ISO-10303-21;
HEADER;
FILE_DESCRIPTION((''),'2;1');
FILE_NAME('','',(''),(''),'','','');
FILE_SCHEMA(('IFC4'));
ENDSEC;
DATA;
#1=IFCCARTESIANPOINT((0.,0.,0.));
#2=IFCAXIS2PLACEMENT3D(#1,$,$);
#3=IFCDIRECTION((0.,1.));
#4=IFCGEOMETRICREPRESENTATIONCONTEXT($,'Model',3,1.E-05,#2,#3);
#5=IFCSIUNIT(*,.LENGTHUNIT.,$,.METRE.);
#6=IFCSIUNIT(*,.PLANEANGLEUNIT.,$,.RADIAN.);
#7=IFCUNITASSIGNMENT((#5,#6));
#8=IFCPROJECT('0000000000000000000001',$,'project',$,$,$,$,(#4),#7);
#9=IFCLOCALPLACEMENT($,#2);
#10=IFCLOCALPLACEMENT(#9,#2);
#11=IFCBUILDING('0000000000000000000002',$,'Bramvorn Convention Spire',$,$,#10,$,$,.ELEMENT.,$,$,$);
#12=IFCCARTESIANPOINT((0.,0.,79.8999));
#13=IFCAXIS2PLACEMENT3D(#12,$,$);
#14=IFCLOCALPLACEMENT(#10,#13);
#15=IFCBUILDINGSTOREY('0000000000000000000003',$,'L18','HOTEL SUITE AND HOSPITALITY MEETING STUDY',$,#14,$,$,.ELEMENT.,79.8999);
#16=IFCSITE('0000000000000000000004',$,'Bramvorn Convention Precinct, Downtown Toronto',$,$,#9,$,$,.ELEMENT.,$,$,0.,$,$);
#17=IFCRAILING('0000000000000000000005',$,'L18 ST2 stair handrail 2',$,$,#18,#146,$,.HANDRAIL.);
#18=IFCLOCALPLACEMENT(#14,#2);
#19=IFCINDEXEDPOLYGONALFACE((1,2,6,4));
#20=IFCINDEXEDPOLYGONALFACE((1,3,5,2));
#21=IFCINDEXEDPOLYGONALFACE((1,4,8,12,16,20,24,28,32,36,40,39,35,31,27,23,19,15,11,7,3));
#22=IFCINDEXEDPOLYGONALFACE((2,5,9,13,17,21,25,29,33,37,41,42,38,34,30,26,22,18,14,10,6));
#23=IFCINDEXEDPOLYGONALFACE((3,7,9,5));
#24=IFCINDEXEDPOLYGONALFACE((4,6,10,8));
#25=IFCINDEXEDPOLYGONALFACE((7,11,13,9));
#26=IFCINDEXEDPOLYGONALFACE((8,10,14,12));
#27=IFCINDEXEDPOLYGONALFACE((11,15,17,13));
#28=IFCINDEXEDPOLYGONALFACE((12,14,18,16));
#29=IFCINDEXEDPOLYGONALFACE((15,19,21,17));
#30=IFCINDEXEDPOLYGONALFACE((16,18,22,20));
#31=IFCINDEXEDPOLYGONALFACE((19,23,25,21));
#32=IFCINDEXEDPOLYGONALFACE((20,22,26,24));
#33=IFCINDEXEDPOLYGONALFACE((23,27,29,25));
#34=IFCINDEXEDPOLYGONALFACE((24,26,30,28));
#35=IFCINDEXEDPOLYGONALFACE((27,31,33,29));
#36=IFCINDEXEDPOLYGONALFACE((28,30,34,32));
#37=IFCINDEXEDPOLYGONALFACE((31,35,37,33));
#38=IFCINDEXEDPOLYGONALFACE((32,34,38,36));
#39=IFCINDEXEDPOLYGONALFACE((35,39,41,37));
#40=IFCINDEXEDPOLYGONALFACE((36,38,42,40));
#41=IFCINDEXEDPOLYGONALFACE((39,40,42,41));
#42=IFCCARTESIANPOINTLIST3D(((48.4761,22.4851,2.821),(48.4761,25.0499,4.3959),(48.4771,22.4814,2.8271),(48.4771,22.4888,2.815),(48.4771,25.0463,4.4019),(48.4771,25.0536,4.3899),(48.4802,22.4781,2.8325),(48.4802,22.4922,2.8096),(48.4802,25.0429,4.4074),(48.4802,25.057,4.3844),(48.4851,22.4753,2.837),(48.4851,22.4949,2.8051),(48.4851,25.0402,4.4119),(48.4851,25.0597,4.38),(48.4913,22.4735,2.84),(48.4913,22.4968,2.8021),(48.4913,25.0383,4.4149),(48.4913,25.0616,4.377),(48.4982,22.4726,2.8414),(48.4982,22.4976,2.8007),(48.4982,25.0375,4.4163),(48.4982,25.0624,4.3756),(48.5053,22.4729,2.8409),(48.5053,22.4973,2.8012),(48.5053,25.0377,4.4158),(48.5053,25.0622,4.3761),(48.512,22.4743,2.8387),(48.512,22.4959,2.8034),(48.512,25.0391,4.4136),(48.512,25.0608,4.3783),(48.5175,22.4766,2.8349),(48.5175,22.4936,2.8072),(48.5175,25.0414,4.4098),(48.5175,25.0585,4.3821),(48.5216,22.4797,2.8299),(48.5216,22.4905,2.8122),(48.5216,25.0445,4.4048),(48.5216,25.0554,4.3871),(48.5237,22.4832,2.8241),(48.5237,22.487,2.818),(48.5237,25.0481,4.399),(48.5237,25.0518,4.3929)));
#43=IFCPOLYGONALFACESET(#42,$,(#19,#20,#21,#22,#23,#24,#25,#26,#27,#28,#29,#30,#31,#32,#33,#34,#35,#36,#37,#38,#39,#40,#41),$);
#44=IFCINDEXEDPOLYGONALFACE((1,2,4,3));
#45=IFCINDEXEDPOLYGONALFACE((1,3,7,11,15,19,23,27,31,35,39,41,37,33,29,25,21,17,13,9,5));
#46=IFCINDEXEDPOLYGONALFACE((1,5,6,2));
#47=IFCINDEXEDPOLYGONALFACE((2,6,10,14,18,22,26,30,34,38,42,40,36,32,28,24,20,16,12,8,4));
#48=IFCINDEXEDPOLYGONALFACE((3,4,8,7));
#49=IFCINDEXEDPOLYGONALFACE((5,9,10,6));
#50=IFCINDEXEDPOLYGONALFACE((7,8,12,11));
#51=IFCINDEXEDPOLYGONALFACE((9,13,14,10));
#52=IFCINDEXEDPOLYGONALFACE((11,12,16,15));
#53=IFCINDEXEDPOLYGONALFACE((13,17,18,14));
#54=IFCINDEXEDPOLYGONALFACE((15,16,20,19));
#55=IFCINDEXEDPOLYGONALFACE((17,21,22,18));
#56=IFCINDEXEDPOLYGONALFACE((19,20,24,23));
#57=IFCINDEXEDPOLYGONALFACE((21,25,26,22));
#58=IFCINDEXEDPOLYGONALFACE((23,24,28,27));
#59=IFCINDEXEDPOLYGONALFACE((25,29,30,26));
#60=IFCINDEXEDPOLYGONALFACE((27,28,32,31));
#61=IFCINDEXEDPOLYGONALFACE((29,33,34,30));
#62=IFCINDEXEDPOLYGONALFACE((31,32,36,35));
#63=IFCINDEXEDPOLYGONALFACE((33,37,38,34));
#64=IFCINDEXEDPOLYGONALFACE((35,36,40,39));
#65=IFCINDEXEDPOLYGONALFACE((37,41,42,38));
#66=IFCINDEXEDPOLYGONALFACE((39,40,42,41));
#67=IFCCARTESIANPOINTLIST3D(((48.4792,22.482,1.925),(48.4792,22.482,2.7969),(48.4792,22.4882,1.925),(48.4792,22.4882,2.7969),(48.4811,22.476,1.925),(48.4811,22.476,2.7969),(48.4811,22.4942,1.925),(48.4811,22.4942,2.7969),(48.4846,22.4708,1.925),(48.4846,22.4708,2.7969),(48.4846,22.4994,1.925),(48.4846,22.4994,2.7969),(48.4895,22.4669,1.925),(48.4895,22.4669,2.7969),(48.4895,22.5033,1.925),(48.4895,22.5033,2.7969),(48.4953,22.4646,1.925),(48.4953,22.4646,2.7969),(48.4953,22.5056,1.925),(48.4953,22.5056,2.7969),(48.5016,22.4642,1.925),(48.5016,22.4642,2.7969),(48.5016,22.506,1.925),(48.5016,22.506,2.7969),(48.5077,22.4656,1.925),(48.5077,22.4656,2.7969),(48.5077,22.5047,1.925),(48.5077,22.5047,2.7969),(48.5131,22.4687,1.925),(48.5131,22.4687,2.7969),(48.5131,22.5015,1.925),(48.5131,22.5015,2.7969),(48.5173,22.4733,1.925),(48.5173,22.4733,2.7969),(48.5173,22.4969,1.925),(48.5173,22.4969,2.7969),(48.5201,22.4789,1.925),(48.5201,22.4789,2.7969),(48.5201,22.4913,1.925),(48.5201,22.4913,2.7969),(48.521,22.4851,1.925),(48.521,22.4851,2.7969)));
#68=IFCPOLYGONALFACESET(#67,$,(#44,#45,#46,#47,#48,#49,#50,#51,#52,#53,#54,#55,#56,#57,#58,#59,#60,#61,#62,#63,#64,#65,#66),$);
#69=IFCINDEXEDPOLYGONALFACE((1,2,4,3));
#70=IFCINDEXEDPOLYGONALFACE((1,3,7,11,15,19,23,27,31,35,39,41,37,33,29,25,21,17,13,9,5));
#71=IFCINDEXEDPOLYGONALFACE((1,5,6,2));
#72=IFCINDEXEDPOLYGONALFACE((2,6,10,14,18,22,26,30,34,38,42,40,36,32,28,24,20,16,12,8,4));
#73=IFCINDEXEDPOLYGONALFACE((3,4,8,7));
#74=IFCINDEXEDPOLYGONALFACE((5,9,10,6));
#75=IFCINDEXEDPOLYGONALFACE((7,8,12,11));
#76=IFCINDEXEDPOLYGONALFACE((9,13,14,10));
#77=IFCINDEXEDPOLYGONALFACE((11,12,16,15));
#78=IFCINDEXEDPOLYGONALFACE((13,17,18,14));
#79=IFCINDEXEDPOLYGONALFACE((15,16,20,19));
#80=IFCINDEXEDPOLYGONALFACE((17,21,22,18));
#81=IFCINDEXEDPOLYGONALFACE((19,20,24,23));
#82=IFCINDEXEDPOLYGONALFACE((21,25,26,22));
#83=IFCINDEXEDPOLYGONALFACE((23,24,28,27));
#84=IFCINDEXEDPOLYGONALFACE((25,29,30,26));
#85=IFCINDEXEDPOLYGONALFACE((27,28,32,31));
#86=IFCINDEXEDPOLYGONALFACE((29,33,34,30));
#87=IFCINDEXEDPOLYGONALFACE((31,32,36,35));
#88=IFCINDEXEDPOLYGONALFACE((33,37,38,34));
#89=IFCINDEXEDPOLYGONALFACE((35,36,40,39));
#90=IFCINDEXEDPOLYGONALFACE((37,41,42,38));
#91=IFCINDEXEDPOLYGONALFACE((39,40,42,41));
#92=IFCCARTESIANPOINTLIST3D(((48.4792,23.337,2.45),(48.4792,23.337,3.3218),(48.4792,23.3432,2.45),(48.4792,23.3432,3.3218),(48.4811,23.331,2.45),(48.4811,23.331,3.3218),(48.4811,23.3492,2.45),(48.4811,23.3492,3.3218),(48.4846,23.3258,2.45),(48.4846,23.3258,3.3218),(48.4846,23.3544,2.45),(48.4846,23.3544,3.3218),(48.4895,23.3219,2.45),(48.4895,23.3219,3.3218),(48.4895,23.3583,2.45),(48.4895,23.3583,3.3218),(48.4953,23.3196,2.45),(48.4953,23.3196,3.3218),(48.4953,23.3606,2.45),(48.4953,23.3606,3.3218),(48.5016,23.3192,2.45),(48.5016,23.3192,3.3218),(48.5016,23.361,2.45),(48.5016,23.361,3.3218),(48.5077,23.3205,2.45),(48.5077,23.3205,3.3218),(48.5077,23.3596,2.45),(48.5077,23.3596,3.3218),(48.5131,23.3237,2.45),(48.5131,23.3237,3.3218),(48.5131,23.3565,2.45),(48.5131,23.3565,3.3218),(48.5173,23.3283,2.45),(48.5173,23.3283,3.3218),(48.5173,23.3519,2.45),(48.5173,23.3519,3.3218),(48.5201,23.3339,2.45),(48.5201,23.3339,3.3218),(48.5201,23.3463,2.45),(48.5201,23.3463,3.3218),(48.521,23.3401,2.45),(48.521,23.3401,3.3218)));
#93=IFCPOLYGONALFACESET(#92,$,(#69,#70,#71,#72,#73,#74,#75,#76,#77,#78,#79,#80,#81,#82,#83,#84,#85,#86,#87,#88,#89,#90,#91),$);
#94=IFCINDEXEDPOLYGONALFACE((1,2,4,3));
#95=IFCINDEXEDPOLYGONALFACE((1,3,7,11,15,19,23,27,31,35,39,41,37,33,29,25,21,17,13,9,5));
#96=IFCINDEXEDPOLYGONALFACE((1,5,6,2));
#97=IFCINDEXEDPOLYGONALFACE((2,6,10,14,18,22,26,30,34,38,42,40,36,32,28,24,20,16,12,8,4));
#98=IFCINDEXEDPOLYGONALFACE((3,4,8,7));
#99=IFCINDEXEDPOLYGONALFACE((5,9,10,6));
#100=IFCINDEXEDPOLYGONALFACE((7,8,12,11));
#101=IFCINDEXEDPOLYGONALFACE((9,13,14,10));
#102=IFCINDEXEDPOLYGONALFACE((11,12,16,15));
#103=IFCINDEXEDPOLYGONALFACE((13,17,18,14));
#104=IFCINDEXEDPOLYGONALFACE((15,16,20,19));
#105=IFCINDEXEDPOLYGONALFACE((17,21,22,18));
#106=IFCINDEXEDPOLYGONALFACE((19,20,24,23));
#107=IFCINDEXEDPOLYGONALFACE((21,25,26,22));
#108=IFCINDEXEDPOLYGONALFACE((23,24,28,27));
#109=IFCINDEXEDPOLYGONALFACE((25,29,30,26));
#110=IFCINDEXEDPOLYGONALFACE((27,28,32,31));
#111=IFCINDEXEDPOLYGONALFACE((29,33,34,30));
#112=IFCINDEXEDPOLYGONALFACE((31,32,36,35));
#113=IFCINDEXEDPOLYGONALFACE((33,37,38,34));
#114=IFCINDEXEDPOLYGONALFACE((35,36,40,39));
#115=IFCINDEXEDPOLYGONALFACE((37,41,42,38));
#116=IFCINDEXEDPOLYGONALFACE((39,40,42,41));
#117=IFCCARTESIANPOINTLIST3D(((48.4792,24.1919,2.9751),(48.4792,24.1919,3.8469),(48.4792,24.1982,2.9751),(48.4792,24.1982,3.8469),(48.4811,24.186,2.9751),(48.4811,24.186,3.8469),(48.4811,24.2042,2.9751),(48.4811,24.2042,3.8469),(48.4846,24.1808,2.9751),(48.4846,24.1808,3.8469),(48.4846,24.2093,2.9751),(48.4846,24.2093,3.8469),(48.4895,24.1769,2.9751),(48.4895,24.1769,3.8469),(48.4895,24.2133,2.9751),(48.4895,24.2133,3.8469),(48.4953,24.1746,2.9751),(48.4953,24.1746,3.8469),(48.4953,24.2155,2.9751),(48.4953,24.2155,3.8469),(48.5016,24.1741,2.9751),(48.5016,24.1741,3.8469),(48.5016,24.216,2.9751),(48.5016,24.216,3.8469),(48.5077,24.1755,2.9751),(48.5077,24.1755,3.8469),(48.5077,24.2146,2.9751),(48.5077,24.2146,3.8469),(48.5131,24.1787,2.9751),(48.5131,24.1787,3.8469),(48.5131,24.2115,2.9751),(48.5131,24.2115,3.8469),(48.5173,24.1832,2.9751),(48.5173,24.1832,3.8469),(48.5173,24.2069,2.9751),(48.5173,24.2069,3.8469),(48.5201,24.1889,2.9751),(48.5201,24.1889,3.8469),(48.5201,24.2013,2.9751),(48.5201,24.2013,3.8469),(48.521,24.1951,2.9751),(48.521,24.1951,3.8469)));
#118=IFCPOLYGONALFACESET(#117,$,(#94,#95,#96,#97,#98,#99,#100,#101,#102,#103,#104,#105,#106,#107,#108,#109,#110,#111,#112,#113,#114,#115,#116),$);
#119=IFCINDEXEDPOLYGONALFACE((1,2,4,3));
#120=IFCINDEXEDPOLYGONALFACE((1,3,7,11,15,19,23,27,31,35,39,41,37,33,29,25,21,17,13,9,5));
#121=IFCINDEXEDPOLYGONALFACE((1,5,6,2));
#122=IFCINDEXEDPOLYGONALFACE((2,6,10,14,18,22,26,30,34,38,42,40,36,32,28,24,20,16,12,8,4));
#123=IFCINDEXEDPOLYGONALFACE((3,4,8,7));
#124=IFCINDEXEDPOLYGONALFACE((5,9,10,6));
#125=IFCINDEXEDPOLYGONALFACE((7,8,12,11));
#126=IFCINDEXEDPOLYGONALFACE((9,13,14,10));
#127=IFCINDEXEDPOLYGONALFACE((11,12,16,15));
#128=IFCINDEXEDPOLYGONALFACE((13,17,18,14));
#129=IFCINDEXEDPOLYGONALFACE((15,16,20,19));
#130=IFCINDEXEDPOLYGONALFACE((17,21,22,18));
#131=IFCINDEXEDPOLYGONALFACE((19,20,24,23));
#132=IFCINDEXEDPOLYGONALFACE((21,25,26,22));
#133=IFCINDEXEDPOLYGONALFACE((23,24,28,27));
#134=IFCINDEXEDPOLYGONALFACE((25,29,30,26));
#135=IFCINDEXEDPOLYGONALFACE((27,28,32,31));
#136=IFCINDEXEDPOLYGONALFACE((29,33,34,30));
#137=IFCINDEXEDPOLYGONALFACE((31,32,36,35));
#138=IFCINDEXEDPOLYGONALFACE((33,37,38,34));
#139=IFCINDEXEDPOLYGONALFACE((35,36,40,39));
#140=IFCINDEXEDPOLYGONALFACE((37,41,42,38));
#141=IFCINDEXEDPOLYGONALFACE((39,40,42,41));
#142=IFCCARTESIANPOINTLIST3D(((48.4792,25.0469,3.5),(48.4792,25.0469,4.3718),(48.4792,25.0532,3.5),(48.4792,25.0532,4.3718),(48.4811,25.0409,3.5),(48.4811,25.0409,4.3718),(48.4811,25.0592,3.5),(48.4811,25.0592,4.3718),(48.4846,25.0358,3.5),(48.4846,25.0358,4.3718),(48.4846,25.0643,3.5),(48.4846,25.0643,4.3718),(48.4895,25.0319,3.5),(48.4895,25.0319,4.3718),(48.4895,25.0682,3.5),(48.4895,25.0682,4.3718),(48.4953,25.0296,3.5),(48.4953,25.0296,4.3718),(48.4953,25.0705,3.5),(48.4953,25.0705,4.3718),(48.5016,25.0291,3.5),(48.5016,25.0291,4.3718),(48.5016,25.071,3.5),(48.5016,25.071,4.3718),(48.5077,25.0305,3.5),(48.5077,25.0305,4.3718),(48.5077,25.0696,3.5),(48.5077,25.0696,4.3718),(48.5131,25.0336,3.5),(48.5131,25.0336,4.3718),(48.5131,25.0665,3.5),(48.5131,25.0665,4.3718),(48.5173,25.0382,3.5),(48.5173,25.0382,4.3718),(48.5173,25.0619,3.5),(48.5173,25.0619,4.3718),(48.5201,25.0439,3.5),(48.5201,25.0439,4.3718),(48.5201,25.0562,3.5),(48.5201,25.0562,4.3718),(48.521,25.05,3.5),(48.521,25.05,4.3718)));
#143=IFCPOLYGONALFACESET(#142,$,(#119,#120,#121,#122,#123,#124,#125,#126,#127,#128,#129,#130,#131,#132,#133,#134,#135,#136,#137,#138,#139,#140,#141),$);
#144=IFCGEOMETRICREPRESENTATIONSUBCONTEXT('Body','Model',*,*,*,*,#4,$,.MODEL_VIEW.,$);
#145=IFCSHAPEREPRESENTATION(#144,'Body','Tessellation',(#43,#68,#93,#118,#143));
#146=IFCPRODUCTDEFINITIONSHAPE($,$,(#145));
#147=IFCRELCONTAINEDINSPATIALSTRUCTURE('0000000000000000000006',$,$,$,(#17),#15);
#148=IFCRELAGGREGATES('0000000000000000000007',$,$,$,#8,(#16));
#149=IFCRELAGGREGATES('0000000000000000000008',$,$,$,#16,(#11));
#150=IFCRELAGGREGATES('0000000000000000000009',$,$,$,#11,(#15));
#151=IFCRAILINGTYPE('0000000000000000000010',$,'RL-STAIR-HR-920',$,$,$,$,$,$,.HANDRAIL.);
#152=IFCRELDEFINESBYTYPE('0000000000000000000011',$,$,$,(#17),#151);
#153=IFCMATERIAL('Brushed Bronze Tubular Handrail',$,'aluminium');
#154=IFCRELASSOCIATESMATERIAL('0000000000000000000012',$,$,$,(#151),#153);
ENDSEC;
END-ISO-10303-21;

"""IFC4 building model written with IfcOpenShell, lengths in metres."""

from ifc_helpers import new_model, si_unit, direction, frame, origin, origin_2d, place, context, subcontext, project, spatial, circle, extrude, material, type_object, element, save


model = new_model("IFC4")

# Units and contexts
model_context = context("Model", 3, precision=1e-05, world=origin(), true_north=direction((0.0, 1.0)))
body_context = subcontext(model_context, "Body", "Model", "MODEL_VIEW")
ifc_project = project(units=[si_unit("LENGTHUNIT", "METRE"), si_unit("PLANEANGLEUNIT", "RADIAN")], contexts=[model_context])

# Site, building, storey
site_placement = place(None, origin())
site = spatial("IfcSite", under=ifc_project, at=site_placement, Name="Bramvorn Convention Precinct, Downtown Toronto", CompositionType="ELEMENT", RefElevation=0.0)
building_placement = place(site_placement, origin())
building = spatial("IfcBuilding", under=site, at=building_placement, Name="Bramvorn Convention Spire", CompositionType="ELEMENT")
storey_placement = place(building_placement, frame((0.0, 0.0, 79.8999)))
storey = spatial("IfcBuildingStorey", under=building, at=storey_placement, Name="L18", Description="HOTEL SUITE AND HOSPITALITY MEETING STUDY", CompositionType="ELEMENT", Elevation=79.8999)

# Railing
ifc_material_1 = material(Name="Brushed Bronze Tubular Handrail", Category="aluminium")
railing_type_1 = type_object("IfcRailingType", Name="RL-STAIR-HR-920", PredefinedType="HANDRAIL", material=ifc_material_1)
railing_1_placement = place(storey_placement, frame((48.5, 22.4851, 1.925)))
element("IfcRailing", 1, at=railing_1_placement, inside=storey, type_object=railing_type_1, Name="L18 ST2 stair handrail 2", PredefinedType="HANDRAIL", context=body_context, shape_type="SweptSolid", body=[
    extrude(circle(Radius=0.0239, at=origin_2d()), frame((0.0, 0.0, 0.896), z_axis=(0.0, 0.852173, 0.52326), x_axis=(-1.0, 0.0, 0.0)), (0.0, 0.0, 1.0), 3.0098),
    extrude(circle(Radius=0.021, at=origin_2d()), origin(), (0.0, 0.0, 1.0), 0.8718),
    extrude(circle(Radius=0.021, at=origin_2d()), frame((0.0, 0.855, 0.5249)), (0.0, 0.0, 1.0), 0.8718),
    extrude(circle(Radius=0.021, at=origin_2d()), frame((0.0, 1.71, 1.05)), (0.0, 0.0, 1.0), 0.8718),
    extrude(circle(Radius=0.021, at=origin_2d()), frame((0.0, 2.5649, 1.575)), (0.0, 0.0, 1.0), 0.8718),
])

save(model, "model.ifc")
